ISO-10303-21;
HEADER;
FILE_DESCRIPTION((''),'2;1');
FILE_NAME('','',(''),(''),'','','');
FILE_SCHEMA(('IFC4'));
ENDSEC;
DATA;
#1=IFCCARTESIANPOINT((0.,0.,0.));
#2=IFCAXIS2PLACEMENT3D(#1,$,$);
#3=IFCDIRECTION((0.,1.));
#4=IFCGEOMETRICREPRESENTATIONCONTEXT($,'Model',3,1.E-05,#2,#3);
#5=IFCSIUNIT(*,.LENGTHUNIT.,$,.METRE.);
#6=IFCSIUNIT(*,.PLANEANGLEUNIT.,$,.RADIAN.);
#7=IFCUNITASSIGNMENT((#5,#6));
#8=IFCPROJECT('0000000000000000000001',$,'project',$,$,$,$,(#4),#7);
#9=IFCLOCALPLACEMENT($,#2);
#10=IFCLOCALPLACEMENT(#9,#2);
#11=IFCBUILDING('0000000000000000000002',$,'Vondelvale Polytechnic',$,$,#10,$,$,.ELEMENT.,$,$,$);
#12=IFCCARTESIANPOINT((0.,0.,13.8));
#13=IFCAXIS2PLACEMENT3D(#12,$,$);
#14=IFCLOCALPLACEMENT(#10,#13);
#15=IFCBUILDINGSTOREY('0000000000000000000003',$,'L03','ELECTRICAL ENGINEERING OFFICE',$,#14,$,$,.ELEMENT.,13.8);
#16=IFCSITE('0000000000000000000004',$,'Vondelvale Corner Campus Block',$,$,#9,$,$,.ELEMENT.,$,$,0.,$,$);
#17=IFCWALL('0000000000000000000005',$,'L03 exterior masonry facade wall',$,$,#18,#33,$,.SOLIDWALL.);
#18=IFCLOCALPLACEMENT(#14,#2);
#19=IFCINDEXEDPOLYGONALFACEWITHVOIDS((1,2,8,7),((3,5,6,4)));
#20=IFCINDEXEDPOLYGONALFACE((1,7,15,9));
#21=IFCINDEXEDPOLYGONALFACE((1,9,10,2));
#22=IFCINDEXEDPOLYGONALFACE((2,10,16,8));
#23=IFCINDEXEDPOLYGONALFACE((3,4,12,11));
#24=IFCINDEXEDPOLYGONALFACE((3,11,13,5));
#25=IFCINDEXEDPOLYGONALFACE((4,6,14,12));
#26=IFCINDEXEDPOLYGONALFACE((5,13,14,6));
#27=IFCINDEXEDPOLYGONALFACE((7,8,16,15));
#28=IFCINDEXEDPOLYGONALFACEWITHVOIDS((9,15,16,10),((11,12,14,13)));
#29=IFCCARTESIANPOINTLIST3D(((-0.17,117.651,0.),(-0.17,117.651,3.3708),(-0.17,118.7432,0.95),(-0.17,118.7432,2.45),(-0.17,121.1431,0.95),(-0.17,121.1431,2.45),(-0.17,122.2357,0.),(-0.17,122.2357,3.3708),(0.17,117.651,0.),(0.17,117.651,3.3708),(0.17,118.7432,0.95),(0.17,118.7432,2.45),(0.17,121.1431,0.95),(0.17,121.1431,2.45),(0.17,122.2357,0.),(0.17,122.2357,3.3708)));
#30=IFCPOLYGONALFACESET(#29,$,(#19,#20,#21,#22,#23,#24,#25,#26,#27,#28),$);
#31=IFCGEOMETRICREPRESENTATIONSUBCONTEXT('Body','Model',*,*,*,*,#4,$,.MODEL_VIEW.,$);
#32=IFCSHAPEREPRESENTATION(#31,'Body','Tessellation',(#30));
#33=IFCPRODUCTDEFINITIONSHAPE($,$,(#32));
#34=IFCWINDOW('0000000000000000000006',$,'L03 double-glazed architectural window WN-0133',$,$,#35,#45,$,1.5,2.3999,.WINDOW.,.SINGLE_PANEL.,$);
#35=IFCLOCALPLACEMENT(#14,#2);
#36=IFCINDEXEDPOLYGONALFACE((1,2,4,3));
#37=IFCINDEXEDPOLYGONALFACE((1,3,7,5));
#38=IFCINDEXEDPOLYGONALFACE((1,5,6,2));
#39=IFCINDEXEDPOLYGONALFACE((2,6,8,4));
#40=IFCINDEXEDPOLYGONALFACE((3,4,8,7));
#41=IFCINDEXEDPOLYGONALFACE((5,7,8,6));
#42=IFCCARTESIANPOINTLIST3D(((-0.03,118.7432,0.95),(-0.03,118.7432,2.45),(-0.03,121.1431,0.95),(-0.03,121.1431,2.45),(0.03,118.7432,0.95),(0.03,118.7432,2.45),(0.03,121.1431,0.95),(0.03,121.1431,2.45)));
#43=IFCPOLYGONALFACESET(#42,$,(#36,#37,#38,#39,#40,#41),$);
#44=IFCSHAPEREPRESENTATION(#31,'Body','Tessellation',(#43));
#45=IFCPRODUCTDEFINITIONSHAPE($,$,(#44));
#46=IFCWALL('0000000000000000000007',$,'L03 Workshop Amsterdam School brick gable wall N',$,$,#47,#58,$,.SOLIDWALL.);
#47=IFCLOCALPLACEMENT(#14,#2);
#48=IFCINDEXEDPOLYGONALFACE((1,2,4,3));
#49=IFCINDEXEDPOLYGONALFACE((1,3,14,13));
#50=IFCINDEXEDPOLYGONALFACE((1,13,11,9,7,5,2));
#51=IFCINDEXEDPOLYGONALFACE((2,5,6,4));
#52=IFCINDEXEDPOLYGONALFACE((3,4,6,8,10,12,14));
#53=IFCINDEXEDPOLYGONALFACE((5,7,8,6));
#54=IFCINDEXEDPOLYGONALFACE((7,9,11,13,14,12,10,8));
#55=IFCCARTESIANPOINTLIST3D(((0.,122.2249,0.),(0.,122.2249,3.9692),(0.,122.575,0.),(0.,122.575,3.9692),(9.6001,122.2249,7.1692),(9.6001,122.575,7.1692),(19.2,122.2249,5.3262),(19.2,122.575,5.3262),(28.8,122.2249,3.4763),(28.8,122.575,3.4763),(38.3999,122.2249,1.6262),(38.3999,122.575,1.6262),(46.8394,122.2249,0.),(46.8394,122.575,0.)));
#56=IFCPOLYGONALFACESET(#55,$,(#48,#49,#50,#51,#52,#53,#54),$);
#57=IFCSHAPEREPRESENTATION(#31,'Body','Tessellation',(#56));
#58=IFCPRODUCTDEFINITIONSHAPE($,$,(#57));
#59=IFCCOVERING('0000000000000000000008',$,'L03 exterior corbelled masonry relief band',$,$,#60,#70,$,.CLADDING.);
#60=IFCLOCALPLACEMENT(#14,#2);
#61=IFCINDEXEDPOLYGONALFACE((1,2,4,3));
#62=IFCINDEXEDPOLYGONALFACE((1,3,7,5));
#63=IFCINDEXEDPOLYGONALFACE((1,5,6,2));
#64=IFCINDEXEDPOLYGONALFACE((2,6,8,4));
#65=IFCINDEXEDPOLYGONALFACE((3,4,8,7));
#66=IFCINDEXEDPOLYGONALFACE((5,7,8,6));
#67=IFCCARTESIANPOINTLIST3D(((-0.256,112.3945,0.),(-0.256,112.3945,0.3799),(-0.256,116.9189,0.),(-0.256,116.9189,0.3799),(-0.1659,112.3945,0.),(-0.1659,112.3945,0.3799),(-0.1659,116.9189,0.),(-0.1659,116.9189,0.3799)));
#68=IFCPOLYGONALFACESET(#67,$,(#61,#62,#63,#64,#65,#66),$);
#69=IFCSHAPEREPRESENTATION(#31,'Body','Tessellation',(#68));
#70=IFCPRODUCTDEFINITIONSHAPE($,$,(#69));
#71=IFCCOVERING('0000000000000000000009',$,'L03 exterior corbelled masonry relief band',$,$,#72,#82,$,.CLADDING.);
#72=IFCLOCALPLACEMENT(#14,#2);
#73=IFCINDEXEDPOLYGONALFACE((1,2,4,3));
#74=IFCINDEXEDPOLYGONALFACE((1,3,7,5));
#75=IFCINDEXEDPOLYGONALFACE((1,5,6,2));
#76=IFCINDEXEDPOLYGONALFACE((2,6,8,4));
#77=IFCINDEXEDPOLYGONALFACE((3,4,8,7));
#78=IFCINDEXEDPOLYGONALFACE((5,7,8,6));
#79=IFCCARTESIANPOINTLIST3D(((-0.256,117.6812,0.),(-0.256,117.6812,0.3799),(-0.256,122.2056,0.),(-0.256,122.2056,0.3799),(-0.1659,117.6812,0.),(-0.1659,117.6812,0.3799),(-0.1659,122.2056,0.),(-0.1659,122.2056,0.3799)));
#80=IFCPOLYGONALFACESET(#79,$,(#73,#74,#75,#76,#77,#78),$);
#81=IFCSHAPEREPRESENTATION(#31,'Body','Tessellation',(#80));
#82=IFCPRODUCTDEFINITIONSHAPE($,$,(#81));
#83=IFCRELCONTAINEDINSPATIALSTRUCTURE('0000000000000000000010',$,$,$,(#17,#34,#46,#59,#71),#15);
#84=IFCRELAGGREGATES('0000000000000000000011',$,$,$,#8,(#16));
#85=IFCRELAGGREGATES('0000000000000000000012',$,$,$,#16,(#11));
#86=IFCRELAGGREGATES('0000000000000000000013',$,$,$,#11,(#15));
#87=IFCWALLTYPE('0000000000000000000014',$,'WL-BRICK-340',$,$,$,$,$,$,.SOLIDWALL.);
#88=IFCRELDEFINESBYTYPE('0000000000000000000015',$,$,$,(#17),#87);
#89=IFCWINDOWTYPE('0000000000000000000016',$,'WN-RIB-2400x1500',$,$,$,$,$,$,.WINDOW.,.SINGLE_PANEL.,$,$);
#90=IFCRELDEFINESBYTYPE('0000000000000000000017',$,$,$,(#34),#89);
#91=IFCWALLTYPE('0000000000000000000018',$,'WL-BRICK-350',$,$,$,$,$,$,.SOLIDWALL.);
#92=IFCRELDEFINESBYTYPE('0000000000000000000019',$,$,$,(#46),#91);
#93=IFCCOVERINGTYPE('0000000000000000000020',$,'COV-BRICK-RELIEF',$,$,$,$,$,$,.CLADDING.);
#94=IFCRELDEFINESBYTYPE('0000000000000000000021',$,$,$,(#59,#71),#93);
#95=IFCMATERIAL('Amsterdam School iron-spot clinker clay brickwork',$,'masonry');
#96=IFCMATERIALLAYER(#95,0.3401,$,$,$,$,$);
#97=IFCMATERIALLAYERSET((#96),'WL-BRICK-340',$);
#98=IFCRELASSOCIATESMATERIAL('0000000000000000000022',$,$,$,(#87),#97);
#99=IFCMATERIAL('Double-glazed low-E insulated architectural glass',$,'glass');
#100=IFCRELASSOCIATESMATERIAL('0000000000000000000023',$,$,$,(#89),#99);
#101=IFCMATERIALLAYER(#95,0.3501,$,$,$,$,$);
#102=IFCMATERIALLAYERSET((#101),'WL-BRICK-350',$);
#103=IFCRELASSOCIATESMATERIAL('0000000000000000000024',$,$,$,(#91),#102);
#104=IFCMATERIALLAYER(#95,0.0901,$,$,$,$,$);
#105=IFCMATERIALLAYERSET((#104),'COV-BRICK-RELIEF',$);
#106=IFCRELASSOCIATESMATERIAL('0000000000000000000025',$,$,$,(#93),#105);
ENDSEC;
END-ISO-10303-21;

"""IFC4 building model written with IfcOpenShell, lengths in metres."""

from ifc_helpers import new_model, si_unit, direction, frame, frame_2d, origin, origin_2d, place, context, subcontext, project, spatial, polyline, rectangle, outline, extrude, material, layer, layer_set, type_object, element, fill, save


model = new_model("IFC4")

# Units and contexts
model_context = context("Model", 3, precision=1e-05, world=origin(), true_north=direction((0.0, 1.0)))
body_context = subcontext(model_context, "Body", "Model", "MODEL_VIEW")
ifc_project = project(units=[si_unit("LENGTHUNIT", "METRE"), si_unit("PLANEANGLEUNIT", "RADIAN")], contexts=[model_context])

# Site, building, storey
site_placement = place(None, origin())
site = spatial("IfcSite", under=ifc_project, at=site_placement, Name="Vondelvale Corner Campus Block", CompositionType="ELEMENT", RefElevation=0.0)
building_placement = place(site_placement, origin())
building = spatial("IfcBuilding", under=site, at=building_placement, Name="Vondelvale Polytechnic", CompositionType="ELEMENT")
storey_placement = place(building_placement, frame((0.0, 0.0, 13.8)))
storey = spatial("IfcBuildingStorey", under=building, at=storey_placement, Name="L03", Description="ELECTRICAL ENGINEERING OFFICE", CompositionType="ELEMENT", Elevation=13.8)

# Wall, opening, window
ifc_material_1 = material(Name="Amsterdam School iron-spot clinker clay brickwork", Category="masonry")
ifc_layer_1 = layer(ifc_material_1, 0.3401)
ifc_layer_set_1 = layer_set([ifc_layer_1], Name="WL-BRICK-340")
wall_type_1 = type_object("IfcWallType", Name="WL-BRICK-340", PredefinedType="SOLIDWALL", material=ifc_layer_set_1)
ifc_material_2 = material(Name="Double-glazed low-E insulated architectural glass", Category="glass")
window_type = type_object("IfcWindowType", Name="WN-RIB-2400x1500", PartitioningType="SINGLE_PANEL", PredefinedType="WINDOW", material=ifc_material_2)
wall_1_placement = place(storey_placement, frame((0.0, 117.6509, 0.0), z_axis=(0.0, 0.0, 1.0), x_axis=(0.0, 1.0, 0.0)))
wall_1 = element("IfcWall", 1, at=wall_1_placement, inside=storey, type_object=wall_type_1, Name="L03 exterior masonry facade wall", PredefinedType="SOLIDWALL", context=body_context, shape_type="SweptSolid", body=[
    extrude(rectangle(XDim=4.5847, YDim=0.3401, at=frame_2d((2.2925, 0.0))), origin(), (0.0, 0.0, 1.0), 3.3708),
])
opening_1_placement = place(wall_1_placement, frame((1.0923, 0.0, 0.95)))
opening_1 = element("IfcOpeningElement", 2, at=opening_1_placement, cuts=wall_1, PredefinedType="OPENING", context=body_context, shape_type="SweptSolid", body=[
    extrude(rectangle(XDim=2.3999, YDim=1.5, at=frame_2d((1.2, 0.75))), frame((0.0, 0.1799, 0.0), z_axis=(0.0, -1.0, 0.0), x_axis=(1.0, 0.0, 0.0)), (0.0, 0.0, 1.0), 0.3601),
])
window_1_placement = place(opening_1_placement, origin())
window_1 = element("IfcWindow", 3, at=window_1_placement, inside=storey, type_object=window_type, Name="L03 double-glazed architectural window WN-0133", OverallHeight=1.5, OverallWidth=2.3999, PartitioningType="SINGLE_PANEL", PredefinedType="WINDOW", context=body_context, shape_type="SweptSolid", body=[
    extrude(rectangle(XDim=2.3999, YDim=1.5, at=frame_2d((1.2, 0.75))), frame((0.0, 0.03, 0.0), z_axis=(0.0, -1.0, 0.0), x_axis=(1.0, 0.0, 0.0)), (0.0, 0.0, 1.0), 0.0601),
])
fill(opening_1, window_1)

# Wall
ifc_layer_2 = layer(ifc_material_1, 0.3501)
ifc_layer_set_2 = layer_set([ifc_layer_2], Name="WL-BRICK-350")
wall_type_2 = type_object("IfcWallType", Name="WL-BRICK-350", PredefinedType="SOLIDWALL", material=ifc_layer_set_2)
wall_2_placement = place(storey_placement, frame((0.0, 122.3999, 0.0), z_axis=(0.0, 0.0, 1.0), x_axis=(1.0, 0.0, 0.0)))
element("IfcWall", 4, at=wall_2_placement, inside=storey, type_object=wall_type_2, Name="L03 Workshop Amsterdam School brick gable wall N", PredefinedType="SOLIDWALL", context=body_context, shape_type="SweptSolid", body=[
    extrude(outline(polyline([(0.0, 0.0), (48.0, 0.0), (48.0, -0.2236), (38.3999, 1.6262), (28.8, 3.4763), (19.2, 5.3262), (9.6001, 7.1692), (0.0, 3.9692), (0.0, 0.0)])), frame((0.0, 0.175, 0.0), z_axis=(0.0, -1.0, 0.0), x_axis=(1.0, 0.0, 0.0)), (0.0, 0.0, 1.0), 0.3501),
])

# Coverings
ifc_layer_3 = layer(ifc_material_1, 0.0901)
ifc_layer_set_3 = layer_set([ifc_layer_3], Name="COV-BRICK-RELIEF")
covering_type = type_object("IfcCoveringType", Name="COV-BRICK-RELIEF", PredefinedType="CLADDING", material=ifc_layer_set_3)
for number, where, z_axis, x_axis, name in (
    (5, (-0.2109, 114.6567, 0.0), (0.0, 0.0, 1.0), (0.0, 1.0, 0.0), "L03 exterior corbelled masonry relief band"),
    (6, (-0.2109, 119.9434, 0.0), (0.0, 0.0, 1.0), (0.0, 1.0, 0.0), "L03 exterior corbelled masonry relief band"),
):
    element("IfcCovering", number, at=place(storey_placement, frame(where, z_axis=z_axis, x_axis=x_axis)), inside=storey, type_object=covering_type, Name=name, PredefinedType="CLADDING", context=body_context, shape_type="SweptSolid", body=[
        extrude(rectangle(XDim=4.5244, YDim=0.0901, at=origin_2d()), origin(), (0.0, 0.0, 1.0), 0.3799),
    ])

save(model, "model.ifc")
